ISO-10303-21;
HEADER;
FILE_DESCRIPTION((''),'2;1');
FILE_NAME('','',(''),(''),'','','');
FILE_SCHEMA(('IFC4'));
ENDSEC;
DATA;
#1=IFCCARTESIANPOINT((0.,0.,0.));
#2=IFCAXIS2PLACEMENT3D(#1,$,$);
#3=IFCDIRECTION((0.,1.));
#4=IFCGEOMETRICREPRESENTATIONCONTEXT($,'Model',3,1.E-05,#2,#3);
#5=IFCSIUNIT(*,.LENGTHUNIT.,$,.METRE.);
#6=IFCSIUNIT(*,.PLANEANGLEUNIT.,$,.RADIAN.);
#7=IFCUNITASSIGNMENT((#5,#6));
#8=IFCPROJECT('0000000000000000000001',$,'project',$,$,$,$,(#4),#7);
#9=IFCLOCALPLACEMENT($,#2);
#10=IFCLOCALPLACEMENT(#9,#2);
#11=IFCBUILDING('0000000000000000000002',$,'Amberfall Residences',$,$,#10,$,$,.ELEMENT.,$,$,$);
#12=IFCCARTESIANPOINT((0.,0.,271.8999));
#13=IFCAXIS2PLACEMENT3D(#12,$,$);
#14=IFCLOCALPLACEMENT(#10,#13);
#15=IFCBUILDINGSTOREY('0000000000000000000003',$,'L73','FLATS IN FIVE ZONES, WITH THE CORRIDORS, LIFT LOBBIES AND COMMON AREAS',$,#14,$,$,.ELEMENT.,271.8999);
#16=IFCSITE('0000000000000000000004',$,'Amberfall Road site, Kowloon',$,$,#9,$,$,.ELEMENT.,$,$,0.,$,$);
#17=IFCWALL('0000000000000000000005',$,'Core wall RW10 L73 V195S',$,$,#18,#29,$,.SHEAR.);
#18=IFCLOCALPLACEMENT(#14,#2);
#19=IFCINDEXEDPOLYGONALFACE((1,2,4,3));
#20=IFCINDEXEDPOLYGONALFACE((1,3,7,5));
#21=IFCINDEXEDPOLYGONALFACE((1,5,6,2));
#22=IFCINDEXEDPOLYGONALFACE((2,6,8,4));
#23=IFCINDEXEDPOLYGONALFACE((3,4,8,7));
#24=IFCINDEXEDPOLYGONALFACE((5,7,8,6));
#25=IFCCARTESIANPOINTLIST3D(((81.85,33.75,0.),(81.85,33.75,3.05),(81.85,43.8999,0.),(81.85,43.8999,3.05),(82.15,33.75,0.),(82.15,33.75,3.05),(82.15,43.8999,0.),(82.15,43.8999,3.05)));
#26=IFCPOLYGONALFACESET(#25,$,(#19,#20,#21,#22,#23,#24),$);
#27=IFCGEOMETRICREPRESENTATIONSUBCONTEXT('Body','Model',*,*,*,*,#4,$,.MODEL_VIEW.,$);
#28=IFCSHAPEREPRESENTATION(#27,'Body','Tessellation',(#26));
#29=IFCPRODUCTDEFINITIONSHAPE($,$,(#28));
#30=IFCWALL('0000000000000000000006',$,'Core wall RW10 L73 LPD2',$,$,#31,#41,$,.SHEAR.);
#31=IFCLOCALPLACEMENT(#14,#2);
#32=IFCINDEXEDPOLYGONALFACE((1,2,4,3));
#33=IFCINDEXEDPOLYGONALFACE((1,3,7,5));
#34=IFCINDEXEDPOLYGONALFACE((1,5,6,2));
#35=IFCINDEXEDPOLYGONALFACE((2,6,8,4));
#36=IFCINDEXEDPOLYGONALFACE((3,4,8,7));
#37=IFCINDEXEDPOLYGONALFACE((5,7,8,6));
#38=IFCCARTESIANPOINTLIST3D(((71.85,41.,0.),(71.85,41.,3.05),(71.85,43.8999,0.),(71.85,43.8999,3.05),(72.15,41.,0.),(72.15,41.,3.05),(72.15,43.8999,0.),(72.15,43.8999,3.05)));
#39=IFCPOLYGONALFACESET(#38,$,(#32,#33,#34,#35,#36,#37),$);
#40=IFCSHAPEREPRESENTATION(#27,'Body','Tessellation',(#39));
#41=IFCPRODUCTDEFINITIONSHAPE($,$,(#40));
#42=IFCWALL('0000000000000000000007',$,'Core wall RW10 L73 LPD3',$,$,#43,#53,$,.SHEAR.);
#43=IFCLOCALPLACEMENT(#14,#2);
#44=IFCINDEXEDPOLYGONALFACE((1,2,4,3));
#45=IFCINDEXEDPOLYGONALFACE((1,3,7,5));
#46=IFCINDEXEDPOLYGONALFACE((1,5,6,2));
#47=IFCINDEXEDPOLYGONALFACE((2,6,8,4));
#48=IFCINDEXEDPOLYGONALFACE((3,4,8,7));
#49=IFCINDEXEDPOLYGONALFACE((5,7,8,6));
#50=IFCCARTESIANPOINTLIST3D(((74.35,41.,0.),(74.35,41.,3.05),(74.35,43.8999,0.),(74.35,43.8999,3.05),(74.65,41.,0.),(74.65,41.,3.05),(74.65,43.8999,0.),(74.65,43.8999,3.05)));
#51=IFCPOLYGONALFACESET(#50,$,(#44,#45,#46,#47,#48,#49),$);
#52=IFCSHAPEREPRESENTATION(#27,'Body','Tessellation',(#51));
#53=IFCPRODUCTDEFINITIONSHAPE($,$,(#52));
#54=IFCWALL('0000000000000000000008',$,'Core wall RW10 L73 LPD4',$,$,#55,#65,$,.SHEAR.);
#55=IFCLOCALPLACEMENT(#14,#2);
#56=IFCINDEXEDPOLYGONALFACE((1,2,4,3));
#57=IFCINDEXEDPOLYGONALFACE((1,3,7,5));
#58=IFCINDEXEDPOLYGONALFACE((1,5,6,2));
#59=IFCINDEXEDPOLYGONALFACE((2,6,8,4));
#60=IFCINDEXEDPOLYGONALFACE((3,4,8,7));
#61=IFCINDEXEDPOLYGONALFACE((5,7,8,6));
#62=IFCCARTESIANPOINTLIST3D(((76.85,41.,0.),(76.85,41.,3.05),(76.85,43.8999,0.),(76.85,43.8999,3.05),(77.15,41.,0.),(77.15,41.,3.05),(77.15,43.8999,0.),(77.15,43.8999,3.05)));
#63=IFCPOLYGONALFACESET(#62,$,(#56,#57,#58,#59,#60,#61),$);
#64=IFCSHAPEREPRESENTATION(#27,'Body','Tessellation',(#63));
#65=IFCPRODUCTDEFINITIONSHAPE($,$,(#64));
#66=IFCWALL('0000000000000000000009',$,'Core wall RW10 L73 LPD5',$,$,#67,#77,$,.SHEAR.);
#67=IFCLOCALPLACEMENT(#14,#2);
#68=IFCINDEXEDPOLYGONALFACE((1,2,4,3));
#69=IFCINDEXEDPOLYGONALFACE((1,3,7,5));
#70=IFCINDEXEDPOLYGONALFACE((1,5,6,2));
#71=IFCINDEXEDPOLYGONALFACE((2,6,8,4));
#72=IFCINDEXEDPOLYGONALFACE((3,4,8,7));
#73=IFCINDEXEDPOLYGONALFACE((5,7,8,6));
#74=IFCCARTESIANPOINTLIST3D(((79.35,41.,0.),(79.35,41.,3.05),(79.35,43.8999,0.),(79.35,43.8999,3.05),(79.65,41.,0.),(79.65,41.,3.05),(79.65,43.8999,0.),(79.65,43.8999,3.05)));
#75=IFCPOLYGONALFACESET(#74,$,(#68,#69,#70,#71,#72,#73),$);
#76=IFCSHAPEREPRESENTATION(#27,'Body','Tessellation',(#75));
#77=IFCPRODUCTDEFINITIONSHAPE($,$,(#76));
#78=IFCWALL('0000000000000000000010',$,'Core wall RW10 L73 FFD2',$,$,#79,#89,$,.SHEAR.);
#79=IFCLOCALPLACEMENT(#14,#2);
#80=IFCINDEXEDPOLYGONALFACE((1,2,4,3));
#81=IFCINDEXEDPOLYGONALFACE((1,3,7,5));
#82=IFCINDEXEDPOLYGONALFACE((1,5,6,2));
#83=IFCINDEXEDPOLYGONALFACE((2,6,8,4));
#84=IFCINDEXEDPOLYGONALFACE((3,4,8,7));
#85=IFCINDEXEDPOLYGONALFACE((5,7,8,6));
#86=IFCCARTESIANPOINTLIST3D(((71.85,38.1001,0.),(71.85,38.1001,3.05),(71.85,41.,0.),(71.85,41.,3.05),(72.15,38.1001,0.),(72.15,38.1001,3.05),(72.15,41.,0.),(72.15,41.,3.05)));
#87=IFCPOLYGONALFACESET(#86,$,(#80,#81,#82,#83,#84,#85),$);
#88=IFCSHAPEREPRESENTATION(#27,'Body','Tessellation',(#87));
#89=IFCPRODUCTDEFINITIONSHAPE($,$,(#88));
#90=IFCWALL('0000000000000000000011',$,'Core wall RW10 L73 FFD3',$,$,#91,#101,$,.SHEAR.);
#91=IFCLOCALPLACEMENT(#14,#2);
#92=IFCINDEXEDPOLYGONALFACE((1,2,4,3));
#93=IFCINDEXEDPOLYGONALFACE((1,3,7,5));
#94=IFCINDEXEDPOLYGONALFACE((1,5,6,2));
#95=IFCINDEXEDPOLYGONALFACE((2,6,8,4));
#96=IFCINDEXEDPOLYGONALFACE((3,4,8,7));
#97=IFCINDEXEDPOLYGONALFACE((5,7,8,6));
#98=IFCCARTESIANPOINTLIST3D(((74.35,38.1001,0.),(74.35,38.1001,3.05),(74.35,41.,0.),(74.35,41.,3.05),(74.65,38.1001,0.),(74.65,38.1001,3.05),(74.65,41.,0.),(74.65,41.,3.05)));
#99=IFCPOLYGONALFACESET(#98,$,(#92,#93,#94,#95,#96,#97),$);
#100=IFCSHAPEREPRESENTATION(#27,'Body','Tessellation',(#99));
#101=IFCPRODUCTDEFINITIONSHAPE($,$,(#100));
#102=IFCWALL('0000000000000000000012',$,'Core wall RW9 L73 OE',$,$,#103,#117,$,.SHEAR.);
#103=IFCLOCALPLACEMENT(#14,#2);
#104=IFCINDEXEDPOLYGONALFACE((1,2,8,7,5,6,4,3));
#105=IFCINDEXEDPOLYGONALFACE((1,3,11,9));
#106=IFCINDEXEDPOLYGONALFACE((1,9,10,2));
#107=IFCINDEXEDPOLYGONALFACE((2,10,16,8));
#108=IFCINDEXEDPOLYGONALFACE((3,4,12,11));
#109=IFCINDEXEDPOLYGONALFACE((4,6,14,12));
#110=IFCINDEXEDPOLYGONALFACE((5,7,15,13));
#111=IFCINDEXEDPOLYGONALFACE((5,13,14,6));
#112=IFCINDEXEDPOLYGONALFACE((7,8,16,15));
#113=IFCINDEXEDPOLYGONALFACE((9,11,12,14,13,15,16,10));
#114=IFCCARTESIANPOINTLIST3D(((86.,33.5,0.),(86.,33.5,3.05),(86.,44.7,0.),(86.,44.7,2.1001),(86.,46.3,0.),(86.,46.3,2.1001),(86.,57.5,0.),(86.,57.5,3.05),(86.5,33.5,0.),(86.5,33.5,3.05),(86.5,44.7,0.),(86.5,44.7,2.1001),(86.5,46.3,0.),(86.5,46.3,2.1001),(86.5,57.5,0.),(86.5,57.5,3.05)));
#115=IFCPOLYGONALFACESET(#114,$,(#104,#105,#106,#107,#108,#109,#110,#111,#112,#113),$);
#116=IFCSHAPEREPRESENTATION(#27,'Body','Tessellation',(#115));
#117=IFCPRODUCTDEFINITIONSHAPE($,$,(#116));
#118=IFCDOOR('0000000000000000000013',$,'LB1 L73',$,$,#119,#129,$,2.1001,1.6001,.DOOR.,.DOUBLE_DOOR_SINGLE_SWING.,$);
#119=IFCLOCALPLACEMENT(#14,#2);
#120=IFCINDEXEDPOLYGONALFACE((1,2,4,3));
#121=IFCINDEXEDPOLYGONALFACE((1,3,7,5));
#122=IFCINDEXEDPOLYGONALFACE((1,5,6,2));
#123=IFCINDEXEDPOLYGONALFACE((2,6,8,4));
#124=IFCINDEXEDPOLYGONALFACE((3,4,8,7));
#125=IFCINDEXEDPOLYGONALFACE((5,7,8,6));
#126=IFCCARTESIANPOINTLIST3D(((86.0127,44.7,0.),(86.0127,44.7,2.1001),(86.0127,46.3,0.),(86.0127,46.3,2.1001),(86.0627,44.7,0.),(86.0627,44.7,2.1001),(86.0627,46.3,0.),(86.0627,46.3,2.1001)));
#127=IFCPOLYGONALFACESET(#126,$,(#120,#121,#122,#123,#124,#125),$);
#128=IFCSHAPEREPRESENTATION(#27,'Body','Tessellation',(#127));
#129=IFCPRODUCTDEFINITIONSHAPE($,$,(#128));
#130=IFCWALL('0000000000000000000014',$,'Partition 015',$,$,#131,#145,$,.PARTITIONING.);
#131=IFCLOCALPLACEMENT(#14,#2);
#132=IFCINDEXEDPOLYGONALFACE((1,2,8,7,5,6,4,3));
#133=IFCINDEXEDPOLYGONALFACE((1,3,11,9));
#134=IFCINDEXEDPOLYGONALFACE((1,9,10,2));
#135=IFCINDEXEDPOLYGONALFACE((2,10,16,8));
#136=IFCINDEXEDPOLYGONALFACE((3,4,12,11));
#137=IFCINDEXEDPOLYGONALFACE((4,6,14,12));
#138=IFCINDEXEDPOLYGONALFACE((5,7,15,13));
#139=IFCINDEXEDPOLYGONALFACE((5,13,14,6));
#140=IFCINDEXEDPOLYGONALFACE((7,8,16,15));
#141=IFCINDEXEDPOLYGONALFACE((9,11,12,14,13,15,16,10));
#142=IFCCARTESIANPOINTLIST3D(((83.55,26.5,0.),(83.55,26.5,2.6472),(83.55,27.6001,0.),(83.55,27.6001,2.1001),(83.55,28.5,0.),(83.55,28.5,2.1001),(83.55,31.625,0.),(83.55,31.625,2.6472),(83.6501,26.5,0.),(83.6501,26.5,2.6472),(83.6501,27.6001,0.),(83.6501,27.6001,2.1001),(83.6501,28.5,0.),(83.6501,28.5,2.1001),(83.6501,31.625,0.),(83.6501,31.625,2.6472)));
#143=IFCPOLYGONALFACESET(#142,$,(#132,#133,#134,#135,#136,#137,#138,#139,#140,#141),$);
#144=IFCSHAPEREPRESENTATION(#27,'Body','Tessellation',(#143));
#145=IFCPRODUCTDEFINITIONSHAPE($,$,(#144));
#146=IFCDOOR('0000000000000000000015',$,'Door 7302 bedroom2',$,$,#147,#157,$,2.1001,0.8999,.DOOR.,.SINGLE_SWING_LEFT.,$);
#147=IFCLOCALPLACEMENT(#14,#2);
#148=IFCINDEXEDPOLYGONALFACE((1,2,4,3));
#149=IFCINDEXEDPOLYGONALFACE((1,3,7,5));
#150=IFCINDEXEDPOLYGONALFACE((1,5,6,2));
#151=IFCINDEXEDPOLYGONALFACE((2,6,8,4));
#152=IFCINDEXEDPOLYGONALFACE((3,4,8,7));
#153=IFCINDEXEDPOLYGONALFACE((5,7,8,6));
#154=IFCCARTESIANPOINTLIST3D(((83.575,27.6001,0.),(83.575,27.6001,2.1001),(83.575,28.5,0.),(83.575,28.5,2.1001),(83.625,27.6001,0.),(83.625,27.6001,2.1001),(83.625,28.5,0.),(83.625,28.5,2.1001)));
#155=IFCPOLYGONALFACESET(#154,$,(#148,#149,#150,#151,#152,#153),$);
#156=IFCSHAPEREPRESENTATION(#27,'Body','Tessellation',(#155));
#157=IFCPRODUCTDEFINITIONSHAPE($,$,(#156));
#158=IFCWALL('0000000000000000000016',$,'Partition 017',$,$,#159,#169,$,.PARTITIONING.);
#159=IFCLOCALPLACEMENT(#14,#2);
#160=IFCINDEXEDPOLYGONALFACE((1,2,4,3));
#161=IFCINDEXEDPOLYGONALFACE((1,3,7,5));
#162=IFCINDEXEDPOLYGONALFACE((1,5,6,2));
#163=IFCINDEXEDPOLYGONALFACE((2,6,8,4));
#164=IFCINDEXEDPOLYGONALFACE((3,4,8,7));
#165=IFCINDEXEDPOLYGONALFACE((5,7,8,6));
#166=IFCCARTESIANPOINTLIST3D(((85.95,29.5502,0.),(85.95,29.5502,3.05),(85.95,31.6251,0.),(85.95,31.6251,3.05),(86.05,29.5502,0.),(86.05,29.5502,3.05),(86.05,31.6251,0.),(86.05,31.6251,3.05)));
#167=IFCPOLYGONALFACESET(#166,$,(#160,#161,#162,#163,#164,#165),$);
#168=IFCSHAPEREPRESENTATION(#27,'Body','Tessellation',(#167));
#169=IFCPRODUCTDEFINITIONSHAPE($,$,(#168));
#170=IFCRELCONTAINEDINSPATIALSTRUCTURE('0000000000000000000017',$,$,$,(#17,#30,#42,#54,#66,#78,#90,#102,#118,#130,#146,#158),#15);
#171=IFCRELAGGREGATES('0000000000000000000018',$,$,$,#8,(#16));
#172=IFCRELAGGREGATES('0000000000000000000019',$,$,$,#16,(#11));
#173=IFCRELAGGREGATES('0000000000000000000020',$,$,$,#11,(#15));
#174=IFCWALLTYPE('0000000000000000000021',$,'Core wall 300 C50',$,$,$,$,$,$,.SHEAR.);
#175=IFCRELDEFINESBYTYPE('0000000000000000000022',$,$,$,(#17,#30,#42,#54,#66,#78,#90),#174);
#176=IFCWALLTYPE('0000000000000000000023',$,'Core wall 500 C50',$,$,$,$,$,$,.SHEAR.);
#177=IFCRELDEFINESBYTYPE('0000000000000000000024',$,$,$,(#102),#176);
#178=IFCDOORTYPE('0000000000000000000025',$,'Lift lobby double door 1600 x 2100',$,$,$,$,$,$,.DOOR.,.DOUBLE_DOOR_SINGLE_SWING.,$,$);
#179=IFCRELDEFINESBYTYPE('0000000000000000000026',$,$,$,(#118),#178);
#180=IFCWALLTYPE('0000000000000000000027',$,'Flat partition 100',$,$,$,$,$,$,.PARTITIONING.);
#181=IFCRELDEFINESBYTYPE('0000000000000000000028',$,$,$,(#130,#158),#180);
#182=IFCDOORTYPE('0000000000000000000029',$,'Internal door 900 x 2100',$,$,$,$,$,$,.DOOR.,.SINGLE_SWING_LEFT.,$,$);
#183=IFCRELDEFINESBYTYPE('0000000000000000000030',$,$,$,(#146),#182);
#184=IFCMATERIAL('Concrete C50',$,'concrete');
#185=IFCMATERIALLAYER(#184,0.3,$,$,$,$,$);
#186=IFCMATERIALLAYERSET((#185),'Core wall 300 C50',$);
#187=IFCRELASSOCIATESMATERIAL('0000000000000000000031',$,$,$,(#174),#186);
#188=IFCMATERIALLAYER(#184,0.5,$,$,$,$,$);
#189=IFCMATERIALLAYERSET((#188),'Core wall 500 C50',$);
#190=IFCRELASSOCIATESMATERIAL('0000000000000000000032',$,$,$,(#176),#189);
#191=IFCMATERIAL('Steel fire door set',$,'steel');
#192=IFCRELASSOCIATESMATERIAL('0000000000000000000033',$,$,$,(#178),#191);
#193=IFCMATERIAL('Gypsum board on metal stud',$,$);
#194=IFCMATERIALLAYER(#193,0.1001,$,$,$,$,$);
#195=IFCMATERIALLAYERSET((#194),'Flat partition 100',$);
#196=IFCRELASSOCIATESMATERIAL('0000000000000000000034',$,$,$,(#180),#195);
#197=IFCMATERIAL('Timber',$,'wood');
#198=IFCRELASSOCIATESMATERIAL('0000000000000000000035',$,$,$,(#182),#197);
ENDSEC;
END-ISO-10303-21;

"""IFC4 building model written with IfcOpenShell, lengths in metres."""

from ifc_helpers import new_model, si_unit, direction, frame, frame_2d, origin, place, context, subcontext, project, spatial, rectangle, extrude, material, layer, layer_set, type_object, element, fill, save


model = new_model("IFC4")

# Units and contexts
model_context = context("Model", 3, precision=1e-05, world=origin(), true_north=direction((0.0, 1.0)))
body_context = subcontext(model_context, "Body", "Model", "MODEL_VIEW")
ifc_project = project(units=[si_unit("LENGTHUNIT", "METRE"), si_unit("PLANEANGLEUNIT", "RADIAN")], contexts=[model_context])

# Site, building, storey
site_placement = place(None, origin())
site = spatial("IfcSite", under=ifc_project, at=site_placement, Name="Amberfall Road site, Kowloon", CompositionType="ELEMENT", RefElevation=0.0)
building_placement = place(site_placement, origin())
building = spatial("IfcBuilding", under=site, at=building_placement, Name="Amberfall Residences", CompositionType="ELEMENT")
storey_placement = place(building_placement, frame((0.0, 0.0, 271.8999)))
storey = spatial("IfcBuildingStorey", under=building, at=storey_placement, Name="L73", Description="FLATS IN FIVE ZONES, WITH THE CORRIDORS, LIFT LOBBIES AND COMMON AREAS", CompositionType="ELEMENT", Elevation=271.8999)

# Walls
ifc_material_1 = material(Name="Concrete C50", Category="concrete")
ifc_layer_1 = layer(ifc_material_1, 0.3)
ifc_layer_set_1 = layer_set([ifc_layer_1], Name="Core wall 300 C50")
wall_type_1 = type_object("IfcWallType", Name="Core wall 300 C50", PredefinedType="SHEAR", material=ifc_layer_set_1)
wall_1_placement = place(storey_placement, frame((82.0, 33.75, 0.0), z_axis=(0.0, 0.0, 1.0), x_axis=(0.0, 1.0, 0.0)))
element("IfcWall", 1, at=wall_1_placement, inside=storey, type_object=wall_type_1, Name="Core wall RW10 L73 V195S", PredefinedType="SHEAR", context=body_context, shape_type="SweptSolid", body=[
    extrude(rectangle(XDim=10.1499, YDim=0.3, at=frame_2d((5.075, 0.0))), origin(), (0.0, 0.0, 1.0), 3.05),
])
for number, where, z_axis, x_axis, name in (
    (2, (72.0, 41.0, 0.0), (0.0, 0.0, 1.0), (0.0, 1.0, 0.0), "Core wall RW10 L73 LPD2"),
    (3, (74.5, 41.0, 0.0), (0.0, 0.0, 1.0), (0.0, 1.0, 0.0), "Core wall RW10 L73 LPD3"),
    (4, (77.0, 41.0, 0.0), (0.0, 0.0, 1.0), (0.0, 1.0, 0.0), "Core wall RW10 L73 LPD4"),
    (5, (79.5, 41.0, 0.0), (0.0, 0.0, 1.0), (0.0, 1.0, 0.0), "Core wall RW10 L73 LPD5"),
    (6, (72.0, 38.1001, 0.0), (0.0, 0.0, 1.0), (0.0, 1.0, 0.0), "Core wall RW10 L73 FFD2"),
    (7, (74.5, 38.1001, 0.0), (0.0, 0.0, 1.0), (0.0, 1.0, 0.0), "Core wall RW10 L73 FFD3"),
):
    element("IfcWall", number, at=place(storey_placement, frame(where, z_axis=z_axis, x_axis=x_axis)), inside=storey, type_object=wall_type_1, Name=name, PredefinedType="SHEAR", context=body_context, shape_type="SweptSolid", body=[
        extrude(rectangle(XDim=2.8999, YDim=0.3, at=frame_2d((1.45, 0.0))), origin(), (0.0, 0.0, 1.0), 3.05),
    ])

# Walls, openings, doors
ifc_layer_2 = layer(ifc_material_1, 0.5)
ifc_layer_set_2 = layer_set([ifc_layer_2], Name="Core wall 500 C50")
wall_type_2 = type_object("IfcWallType", Name="Core wall 500 C50", PredefinedType="SHEAR", material=ifc_layer_set_2)
wall_2_placement = place(storey_placement, frame((86.25, 33.5, 0.0), z_axis=(0.0, 0.0, 1.0), x_axis=(0.0, 1.0, 0.0)))
wall_2 = element("IfcWall", 8, at=wall_2_placement, inside=storey, type_object=wall_type_2, Name="Core wall RW9 L73 OE", PredefinedType="SHEAR", context=body_context, shape_type="SweptSolid", body=[
    extrude(rectangle(XDim=24.0, YDim=0.5, at=frame_2d((12.0, 0.0))), origin(), (0.0, 0.0, 1.0), 3.05),
])
opening_1_placement = place(wall_2_placement, frame((11.2, 0.0, 0.0)))
opening_1 = element("IfcOpeningElement", 9, at=opening_1_placement, cuts=wall_2, PredefinedType="OPENING", context=body_context, shape_type="SweptSolid", body=[
    extrude(rectangle(XDim=1.6001, YDim=2.1001, at=frame_2d((0.8, 1.05))), frame((0.0, 0.26, 0.0), z_axis=(0.0, -1.0, 0.0), x_axis=(1.0, 0.0, 0.0)), (0.0, 0.0, 1.0), 0.52),
])
ifc_material_2 = material(Name="Steel fire door set", Category="steel")
door_type_1 = type_object("IfcDoorType", Name="Lift lobby double door 1600 x 2100", OperationType="DOUBLE_DOOR_SINGLE_SWING", PredefinedType="DOOR", material=ifc_material_2)
door_1_placement = place(opening_1_placement, origin())
door_1 = element("IfcDoor", 10, at=door_1_placement, inside=storey, type_object=door_type_1, Name="LB1 L73", OperationType="DOUBLE_DOOR_SINGLE_SWING", OverallHeight=2.1001, OverallWidth=1.6001, PredefinedType="DOOR", context=body_context, shape_type="SweptSolid", body=[
    extrude(rectangle(XDim=1.6001, YDim=2.1001, at=frame_2d((0.8, 1.05))), frame((0.0, 0.2373, 0.0), z_axis=(0.0, -1.0, 0.0), x_axis=(1.0, 0.0, 0.0)), (0.0, 0.0, 1.0), 0.05),
])
fill(opening_1, door_1)
ifc_material_3 = material(Name="Gypsum board on metal stud")
ifc_layer_3 = layer(ifc_material_3, 0.1001)
ifc_layer_set_3 = layer_set([ifc_layer_3], Name="Flat partition 100")
wall_type_3 = type_object("IfcWallType", Name="Flat partition 100", PredefinedType="PARTITIONING", material=ifc_layer_set_3)
wall_3_placement = place(storey_placement, frame((83.6001, 31.625, 0.0), z_axis=(0.0, 0.0, 1.0), x_axis=(0.0, -1.0, 0.0)))
wall_3 = element("IfcWall", 11, at=wall_3_placement, inside=storey, type_object=wall_type_3, Name="Partition 015", PredefinedType="PARTITIONING", context=body_context, shape_type="SweptSolid", body=[
    extrude(rectangle(XDim=5.125, YDim=0.1001, at=frame_2d((2.5625, 0.0))), origin(), (0.0, 0.0, 1.0), 2.6472),
])
opening_2_placement = place(wall_3_placement, frame((3.125, 0.0, 0.0)))
opening_2 = element("IfcOpeningElement", 12, at=opening_2_placement, cuts=wall_3, PredefinedType="OPENING", context=body_context, shape_type="SweptSolid", body=[
    extrude(rectangle(XDim=0.8999, YDim=2.1001, at=frame_2d((0.45, 1.05))), frame((0.0, 0.0601, 0.0), z_axis=(0.0, -1.0, 0.0), x_axis=(1.0, 0.0, 0.0)), (0.0, 0.0, 1.0), 0.1201),
])
ifc_material_4 = material(Name="Timber", Category="wood")
door_type_2 = type_object("IfcDoorType", Name="Internal door 900 x 2100", OperationType="SINGLE_SWING_LEFT", PredefinedType="DOOR", material=ifc_material_4)
door_2_placement = place(opening_2_placement, origin())
door_2 = element("IfcDoor", 13, at=door_2_placement, inside=storey, type_object=door_type_2, Name="Door 7302 bedroom2", OperationType="SINGLE_SWING_LEFT", OverallHeight=2.1001, OverallWidth=0.8999, PredefinedType="DOOR", context=body_context, shape_type="SweptSolid", body=[
    extrude(rectangle(XDim=0.8999, YDim=2.1001, at=frame_2d((0.45, 1.05))), frame((0.0, 0.0249, 0.0), z_axis=(0.0, -1.0, 0.0), x_axis=(1.0, 0.0, 0.0)), (0.0, 0.0, 1.0), 0.05),
])
fill(opening_2, door_2)

# Wall
wall_4_placement = place(storey_placement, frame((86.0, 29.55, 0.0), z_axis=(0.0, 0.0, 1.0), x_axis=(0.0, 1.0, 0.0)))
element("IfcWall", 14, at=wall_4_placement, inside=storey, type_object=wall_type_3, Name="Partition 017", PredefinedType="PARTITIONING", context=body_context, shape_type="SweptSolid", body=[
    extrude(rectangle(XDim=2.075, YDim=0.1001, at=frame_2d((1.0376, 0.0))), origin(), (0.0, 0.0, 1.0), 3.05),
])

save(model, "model.ifc")
